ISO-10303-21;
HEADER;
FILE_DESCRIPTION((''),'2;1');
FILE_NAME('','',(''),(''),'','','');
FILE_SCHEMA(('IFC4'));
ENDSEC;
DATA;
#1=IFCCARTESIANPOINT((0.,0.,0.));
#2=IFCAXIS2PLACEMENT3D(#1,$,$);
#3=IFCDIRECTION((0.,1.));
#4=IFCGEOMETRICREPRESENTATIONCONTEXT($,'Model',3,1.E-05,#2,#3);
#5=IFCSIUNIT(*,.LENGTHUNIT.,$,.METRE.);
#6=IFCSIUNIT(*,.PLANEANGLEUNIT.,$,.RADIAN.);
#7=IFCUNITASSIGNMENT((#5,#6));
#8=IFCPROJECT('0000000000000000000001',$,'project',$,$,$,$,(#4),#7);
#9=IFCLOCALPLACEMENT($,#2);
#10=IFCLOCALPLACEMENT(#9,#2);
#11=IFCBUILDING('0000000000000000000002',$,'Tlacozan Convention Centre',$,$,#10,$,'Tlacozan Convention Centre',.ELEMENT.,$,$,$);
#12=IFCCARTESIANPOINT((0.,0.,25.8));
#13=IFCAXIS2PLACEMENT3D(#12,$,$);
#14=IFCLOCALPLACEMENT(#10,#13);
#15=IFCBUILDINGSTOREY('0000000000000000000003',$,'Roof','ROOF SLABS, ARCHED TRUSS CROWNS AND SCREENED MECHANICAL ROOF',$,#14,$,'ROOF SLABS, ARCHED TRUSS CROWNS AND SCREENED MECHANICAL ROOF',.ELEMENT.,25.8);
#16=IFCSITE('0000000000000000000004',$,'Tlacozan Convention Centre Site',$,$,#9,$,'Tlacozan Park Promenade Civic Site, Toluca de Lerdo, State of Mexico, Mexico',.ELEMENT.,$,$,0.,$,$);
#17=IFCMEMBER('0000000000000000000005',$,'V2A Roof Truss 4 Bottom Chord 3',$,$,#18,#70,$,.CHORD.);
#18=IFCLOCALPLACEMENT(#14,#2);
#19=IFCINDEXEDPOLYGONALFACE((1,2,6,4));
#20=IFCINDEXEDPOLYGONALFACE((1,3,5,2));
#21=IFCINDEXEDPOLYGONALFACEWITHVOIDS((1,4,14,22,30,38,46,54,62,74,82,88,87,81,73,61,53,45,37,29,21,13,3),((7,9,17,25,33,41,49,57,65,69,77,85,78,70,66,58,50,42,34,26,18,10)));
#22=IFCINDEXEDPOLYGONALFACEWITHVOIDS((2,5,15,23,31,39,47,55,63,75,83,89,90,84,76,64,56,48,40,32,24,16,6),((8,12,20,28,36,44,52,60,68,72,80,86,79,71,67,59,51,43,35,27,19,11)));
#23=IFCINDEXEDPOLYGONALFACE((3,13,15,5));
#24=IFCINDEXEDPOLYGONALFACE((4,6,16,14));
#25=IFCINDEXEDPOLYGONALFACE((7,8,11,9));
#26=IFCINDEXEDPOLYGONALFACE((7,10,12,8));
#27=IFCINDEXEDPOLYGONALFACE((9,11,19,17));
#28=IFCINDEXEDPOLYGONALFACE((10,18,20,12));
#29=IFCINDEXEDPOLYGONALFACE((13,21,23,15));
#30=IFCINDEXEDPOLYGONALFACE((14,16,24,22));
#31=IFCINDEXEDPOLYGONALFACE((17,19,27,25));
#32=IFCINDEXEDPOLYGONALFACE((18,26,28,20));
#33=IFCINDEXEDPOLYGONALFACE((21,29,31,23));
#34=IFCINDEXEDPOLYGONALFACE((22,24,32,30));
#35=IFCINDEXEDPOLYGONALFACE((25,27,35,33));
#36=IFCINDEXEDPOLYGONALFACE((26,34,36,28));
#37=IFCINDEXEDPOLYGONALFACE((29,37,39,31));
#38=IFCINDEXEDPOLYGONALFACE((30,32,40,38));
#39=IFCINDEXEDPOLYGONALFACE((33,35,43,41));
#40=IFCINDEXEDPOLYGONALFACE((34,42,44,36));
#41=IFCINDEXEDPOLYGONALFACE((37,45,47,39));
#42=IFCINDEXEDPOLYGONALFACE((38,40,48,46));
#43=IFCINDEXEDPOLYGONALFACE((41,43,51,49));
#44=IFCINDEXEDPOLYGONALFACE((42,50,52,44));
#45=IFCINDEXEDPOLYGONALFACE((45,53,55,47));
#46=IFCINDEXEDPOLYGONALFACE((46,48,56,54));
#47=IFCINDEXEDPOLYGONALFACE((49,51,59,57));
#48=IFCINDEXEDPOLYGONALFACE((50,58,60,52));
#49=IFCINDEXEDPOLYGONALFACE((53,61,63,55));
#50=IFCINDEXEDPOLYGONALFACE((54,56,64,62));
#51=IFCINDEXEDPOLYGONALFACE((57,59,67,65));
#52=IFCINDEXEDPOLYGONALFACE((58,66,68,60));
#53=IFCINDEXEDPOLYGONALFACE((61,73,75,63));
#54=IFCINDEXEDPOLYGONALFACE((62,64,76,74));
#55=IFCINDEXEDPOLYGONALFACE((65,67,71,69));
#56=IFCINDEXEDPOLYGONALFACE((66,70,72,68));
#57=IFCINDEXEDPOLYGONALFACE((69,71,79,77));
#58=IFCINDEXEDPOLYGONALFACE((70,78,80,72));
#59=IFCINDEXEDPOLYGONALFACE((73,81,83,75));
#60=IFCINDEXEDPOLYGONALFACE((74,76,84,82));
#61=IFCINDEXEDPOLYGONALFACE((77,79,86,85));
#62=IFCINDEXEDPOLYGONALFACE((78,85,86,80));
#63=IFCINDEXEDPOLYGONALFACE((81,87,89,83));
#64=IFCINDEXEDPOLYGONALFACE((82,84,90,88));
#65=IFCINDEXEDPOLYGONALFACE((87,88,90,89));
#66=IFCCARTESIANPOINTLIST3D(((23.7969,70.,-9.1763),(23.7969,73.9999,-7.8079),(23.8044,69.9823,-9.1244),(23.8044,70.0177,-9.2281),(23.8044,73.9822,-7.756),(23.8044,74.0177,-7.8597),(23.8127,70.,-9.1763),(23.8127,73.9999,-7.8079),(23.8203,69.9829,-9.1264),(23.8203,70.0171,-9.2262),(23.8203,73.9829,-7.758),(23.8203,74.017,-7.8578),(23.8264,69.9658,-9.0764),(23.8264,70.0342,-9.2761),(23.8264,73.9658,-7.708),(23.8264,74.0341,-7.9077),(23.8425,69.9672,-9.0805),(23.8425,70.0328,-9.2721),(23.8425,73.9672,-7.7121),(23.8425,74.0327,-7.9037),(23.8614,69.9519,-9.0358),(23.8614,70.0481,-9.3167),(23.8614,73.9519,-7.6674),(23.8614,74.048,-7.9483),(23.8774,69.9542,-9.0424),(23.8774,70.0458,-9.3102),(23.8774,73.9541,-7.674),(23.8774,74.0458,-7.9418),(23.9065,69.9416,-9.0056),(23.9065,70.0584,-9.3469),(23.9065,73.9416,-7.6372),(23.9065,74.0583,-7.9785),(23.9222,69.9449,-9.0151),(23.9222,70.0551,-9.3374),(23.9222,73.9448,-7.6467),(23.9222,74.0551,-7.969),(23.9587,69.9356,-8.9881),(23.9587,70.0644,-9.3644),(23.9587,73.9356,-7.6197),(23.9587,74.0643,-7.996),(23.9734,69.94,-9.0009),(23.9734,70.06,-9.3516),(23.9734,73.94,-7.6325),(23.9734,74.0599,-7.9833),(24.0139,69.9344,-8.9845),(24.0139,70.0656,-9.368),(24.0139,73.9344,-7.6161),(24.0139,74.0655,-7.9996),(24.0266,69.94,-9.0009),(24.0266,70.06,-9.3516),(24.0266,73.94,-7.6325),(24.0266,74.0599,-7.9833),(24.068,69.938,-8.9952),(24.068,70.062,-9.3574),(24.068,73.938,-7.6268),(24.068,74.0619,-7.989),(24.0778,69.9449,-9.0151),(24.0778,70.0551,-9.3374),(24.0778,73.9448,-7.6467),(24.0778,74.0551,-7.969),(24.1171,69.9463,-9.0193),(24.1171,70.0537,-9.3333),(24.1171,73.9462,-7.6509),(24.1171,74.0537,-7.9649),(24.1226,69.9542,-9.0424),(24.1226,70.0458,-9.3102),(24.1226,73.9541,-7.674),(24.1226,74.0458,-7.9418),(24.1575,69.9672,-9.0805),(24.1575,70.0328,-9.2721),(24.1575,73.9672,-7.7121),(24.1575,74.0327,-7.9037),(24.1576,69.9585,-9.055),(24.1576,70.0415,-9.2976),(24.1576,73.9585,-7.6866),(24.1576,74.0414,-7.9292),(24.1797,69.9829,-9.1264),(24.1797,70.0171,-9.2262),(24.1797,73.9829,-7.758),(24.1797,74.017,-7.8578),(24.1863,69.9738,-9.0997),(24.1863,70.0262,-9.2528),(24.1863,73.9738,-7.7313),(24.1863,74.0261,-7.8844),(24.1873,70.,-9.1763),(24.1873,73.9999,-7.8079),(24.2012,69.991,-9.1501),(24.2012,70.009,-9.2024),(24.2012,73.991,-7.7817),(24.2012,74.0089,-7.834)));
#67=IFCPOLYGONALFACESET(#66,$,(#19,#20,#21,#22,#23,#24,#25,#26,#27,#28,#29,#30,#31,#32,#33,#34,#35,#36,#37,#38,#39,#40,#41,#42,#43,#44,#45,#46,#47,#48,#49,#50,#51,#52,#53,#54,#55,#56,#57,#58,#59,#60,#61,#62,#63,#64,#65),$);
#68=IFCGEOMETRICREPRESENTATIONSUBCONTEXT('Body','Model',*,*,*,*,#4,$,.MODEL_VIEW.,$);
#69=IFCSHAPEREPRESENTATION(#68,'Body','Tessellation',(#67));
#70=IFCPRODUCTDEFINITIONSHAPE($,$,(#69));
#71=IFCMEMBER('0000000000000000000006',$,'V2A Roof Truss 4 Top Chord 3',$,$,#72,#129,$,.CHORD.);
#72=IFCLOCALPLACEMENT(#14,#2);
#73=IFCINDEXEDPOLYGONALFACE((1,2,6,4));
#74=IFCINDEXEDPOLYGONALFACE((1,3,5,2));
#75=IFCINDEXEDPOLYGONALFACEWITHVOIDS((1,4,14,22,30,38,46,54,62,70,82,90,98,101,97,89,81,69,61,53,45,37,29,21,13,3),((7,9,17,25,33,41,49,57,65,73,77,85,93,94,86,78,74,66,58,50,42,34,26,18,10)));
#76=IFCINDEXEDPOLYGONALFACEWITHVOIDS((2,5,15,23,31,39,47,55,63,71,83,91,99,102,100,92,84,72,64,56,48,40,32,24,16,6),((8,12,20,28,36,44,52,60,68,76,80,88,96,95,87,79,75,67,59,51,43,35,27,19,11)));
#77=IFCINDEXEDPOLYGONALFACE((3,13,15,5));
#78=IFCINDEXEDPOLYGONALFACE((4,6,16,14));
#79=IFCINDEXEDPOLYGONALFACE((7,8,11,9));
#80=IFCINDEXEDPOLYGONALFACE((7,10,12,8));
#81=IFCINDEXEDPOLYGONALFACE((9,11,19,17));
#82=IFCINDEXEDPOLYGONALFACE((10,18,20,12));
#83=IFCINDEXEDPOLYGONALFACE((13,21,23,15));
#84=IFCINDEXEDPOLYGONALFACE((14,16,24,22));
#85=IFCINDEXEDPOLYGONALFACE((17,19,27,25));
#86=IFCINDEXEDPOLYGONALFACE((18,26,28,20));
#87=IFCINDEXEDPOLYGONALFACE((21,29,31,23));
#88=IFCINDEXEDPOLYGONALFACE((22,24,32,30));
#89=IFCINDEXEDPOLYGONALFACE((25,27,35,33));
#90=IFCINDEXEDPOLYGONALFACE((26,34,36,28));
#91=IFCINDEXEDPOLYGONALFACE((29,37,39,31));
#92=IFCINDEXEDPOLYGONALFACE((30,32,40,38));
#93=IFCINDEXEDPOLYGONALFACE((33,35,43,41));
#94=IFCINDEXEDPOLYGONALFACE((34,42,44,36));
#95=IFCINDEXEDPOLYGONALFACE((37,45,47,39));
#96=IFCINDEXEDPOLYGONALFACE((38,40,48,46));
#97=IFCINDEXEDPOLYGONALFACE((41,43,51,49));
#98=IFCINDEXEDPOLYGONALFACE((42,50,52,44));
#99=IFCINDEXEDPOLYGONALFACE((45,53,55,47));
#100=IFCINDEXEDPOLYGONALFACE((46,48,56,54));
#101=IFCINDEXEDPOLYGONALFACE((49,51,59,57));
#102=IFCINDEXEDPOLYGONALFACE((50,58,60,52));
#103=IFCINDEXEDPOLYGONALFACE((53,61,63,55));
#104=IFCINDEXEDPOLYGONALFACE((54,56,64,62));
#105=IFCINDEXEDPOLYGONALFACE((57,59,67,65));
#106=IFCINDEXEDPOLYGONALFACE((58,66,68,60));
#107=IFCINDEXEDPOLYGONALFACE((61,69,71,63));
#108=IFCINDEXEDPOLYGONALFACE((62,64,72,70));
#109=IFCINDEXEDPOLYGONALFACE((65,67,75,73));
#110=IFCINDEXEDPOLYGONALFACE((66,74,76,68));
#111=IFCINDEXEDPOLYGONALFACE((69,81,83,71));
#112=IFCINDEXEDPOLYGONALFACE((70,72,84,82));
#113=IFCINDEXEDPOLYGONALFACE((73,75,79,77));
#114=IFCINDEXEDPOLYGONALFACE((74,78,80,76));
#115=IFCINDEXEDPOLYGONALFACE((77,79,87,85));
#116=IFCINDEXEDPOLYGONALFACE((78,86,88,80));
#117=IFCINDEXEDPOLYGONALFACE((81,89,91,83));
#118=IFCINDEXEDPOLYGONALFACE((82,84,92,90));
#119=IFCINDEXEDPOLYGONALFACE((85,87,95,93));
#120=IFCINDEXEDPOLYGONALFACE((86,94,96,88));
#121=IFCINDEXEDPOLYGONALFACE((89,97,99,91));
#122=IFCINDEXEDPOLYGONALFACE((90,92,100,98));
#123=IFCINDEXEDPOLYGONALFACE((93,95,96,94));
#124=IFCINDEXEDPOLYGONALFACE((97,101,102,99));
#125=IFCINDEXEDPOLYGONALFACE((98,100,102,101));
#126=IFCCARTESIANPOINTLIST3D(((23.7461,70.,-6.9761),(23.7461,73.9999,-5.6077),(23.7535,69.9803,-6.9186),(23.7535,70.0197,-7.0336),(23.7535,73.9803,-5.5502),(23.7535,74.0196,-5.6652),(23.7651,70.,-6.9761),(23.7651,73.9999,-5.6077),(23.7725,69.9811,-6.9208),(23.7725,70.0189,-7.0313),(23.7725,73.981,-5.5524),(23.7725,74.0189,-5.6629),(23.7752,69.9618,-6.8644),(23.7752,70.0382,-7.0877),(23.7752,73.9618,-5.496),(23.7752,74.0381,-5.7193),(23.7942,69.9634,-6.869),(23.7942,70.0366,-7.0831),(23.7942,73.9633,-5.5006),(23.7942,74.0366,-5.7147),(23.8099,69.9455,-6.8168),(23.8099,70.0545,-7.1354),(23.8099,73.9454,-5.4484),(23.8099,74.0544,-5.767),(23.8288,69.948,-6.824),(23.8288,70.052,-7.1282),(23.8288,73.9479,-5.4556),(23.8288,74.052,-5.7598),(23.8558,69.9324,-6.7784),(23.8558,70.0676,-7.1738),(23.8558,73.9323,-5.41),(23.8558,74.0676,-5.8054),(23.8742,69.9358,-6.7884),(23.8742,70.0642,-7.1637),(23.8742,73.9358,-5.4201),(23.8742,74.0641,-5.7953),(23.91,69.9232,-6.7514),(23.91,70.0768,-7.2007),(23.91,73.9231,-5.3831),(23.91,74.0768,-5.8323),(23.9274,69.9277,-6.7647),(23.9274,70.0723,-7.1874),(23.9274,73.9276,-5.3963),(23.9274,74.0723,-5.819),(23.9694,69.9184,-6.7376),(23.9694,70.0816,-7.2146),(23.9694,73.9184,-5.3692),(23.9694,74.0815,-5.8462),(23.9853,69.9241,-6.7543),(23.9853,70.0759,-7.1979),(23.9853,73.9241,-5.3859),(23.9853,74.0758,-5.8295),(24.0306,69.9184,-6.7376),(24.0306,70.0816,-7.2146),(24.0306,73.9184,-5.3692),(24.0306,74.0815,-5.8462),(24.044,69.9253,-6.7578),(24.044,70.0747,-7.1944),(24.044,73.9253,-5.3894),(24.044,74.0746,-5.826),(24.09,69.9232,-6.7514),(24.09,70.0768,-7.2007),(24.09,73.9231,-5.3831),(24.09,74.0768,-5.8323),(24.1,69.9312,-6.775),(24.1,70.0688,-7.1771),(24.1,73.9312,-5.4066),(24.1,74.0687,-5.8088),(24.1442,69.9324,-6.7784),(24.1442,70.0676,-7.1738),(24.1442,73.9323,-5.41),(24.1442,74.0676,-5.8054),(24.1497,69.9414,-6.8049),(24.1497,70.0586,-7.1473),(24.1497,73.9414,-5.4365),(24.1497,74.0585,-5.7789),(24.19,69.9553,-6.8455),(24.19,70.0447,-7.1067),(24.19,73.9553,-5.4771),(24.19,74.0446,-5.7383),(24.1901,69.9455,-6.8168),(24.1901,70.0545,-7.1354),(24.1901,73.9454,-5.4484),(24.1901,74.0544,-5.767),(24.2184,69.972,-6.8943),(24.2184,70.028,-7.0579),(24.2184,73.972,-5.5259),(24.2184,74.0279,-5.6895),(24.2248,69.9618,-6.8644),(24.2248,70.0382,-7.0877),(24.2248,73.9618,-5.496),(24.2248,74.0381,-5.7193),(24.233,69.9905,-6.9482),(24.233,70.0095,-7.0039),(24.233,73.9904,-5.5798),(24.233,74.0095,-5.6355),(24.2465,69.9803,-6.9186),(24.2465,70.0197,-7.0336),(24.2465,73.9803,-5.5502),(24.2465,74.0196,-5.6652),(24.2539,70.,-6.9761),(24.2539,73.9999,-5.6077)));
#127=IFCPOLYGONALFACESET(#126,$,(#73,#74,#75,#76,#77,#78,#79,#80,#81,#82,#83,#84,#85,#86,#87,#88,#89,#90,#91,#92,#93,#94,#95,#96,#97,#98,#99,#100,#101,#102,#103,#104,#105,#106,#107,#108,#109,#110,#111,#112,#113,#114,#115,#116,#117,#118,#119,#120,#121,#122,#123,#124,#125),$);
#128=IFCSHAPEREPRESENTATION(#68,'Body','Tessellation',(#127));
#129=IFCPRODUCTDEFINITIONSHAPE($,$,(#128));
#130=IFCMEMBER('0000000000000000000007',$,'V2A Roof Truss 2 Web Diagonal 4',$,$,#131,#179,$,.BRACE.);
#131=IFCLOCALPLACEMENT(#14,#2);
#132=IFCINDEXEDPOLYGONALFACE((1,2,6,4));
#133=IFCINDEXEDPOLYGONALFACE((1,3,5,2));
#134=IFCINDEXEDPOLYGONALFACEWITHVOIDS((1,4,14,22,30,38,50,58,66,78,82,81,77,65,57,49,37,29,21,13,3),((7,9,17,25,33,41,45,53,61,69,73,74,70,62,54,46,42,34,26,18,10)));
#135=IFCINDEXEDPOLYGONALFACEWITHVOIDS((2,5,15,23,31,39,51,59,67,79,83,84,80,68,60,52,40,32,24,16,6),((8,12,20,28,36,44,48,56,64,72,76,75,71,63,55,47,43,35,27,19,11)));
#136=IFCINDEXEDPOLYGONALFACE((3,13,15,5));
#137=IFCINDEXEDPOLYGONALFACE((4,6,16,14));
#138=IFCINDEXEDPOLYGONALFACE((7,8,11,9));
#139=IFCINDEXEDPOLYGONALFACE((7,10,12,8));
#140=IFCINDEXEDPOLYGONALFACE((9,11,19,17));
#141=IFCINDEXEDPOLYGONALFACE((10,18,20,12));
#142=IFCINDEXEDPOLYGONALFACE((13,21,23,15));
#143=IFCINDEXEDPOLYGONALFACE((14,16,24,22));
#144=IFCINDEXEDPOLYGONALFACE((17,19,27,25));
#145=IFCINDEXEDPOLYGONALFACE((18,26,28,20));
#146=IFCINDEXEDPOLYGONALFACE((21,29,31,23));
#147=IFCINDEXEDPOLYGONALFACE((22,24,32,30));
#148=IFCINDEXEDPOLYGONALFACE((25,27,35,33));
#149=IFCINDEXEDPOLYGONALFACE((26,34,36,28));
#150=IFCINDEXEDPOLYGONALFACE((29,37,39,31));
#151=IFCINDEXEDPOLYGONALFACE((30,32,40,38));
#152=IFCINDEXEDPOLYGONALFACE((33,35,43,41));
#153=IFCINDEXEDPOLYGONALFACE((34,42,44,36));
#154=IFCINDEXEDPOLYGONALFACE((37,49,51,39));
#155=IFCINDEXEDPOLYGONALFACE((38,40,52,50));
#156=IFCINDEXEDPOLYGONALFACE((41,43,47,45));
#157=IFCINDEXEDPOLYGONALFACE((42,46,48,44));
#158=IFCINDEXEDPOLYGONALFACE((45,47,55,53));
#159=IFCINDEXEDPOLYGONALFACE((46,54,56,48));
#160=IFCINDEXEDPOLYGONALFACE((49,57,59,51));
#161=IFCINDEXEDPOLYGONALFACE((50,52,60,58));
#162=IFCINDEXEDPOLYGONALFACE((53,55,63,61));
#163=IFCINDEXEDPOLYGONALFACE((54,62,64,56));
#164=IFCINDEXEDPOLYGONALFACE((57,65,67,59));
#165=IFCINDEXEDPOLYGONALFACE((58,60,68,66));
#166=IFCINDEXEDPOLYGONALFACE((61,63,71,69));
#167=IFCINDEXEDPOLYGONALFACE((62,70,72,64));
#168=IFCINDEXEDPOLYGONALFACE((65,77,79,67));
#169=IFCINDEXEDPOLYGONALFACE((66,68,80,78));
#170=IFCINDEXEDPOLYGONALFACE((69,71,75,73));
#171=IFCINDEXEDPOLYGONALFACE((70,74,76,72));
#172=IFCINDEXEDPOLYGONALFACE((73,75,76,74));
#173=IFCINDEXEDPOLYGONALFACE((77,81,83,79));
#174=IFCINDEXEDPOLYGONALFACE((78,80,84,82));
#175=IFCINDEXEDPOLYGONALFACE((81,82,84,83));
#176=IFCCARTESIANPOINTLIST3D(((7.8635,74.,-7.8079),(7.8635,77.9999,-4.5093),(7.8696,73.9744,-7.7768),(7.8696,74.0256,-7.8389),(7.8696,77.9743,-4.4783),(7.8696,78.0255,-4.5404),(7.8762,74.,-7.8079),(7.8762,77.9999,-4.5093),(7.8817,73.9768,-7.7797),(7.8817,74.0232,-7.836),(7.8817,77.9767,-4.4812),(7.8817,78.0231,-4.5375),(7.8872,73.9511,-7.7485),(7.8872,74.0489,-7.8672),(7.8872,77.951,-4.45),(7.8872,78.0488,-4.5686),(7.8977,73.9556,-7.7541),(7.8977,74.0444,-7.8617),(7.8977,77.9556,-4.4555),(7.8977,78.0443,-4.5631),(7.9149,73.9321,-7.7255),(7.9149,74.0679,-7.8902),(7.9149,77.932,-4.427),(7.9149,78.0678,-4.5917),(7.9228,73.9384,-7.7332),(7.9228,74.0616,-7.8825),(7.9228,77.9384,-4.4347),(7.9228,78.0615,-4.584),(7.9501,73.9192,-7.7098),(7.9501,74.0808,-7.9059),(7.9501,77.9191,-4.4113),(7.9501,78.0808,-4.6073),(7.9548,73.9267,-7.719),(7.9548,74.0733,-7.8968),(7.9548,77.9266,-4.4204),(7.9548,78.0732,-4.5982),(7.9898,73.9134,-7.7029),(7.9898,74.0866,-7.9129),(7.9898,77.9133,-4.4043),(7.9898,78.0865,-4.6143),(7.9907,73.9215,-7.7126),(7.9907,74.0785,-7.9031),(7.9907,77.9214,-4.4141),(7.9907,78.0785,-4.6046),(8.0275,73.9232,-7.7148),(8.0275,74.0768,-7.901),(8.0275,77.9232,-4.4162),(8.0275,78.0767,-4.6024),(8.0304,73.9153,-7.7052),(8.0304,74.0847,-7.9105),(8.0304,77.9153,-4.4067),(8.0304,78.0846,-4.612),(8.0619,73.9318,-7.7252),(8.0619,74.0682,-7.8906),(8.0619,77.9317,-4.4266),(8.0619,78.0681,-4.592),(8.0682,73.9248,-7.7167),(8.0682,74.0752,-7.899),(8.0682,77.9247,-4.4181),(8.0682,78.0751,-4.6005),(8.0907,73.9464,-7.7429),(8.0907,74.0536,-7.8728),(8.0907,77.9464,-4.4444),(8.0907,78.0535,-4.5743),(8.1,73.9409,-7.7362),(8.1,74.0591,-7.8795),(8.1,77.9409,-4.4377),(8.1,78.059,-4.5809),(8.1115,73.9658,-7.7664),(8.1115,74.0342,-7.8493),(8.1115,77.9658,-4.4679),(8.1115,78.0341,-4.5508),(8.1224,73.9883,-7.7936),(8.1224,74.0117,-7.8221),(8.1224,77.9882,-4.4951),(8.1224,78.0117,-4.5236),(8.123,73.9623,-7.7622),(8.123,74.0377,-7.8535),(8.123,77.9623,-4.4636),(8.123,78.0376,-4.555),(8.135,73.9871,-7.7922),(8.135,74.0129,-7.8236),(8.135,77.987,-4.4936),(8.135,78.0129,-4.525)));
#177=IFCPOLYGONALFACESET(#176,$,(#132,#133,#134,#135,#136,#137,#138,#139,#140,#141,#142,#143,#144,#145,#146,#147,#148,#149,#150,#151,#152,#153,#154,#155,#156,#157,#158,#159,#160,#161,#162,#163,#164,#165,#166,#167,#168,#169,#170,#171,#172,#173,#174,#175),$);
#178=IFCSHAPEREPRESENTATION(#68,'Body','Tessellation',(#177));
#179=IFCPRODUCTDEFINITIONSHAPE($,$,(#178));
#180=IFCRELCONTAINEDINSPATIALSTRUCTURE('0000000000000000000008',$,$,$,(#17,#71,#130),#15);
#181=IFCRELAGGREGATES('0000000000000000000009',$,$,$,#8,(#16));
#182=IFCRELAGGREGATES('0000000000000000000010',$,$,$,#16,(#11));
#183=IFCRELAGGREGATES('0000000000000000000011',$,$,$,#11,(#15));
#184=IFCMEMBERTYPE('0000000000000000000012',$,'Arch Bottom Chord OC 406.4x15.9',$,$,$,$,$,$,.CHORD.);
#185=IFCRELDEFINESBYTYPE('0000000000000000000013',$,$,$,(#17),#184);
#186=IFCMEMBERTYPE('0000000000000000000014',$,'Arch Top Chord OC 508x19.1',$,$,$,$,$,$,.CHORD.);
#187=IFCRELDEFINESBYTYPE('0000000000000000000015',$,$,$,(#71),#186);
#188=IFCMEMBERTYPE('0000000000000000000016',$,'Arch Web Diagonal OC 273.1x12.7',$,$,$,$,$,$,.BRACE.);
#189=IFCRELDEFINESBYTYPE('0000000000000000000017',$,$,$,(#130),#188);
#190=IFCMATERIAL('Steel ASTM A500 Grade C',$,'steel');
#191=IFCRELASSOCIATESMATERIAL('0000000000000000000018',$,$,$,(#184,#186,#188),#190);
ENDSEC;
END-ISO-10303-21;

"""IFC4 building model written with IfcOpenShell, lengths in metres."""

from ifc_helpers import new_model, si_unit, direction, frame, origin, origin_2d, place, context, subcontext, project, spatial, hollow_circle, extrude, material, material_profile, profile_set, type_object, element, save


model = new_model("IFC4")

# Units and contexts
model_context = context("Model", 3, precision=1e-05, world=origin(), true_north=direction((0.0, 1.0)))
body_context = subcontext(model_context, "Body", "Model", "MODEL_VIEW")
ifc_project = project(units=[si_unit("LENGTHUNIT", "METRE"), si_unit("PLANEANGLEUNIT", "RADIAN")], contexts=[model_context])

# Site, building, storey
site_placement = place(None, origin())
site = spatial("IfcSite", under=ifc_project, at=site_placement, Name="Tlacozan Convention Centre Site", LongName="Tlacozan Park Promenade Civic Site, Toluca de Lerdo, State of Mexico, Mexico", CompositionType="ELEMENT", RefElevation=0.0)
building_placement = place(site_placement, origin())
building = spatial("IfcBuilding", under=site, at=building_placement, Name="Tlacozan Convention Centre", LongName="Tlacozan Convention Centre", CompositionType="ELEMENT")
storey_placement = place(building_placement, frame((0.0, 0.0, 25.8)))
storey = spatial("IfcBuildingStorey", under=building, at=storey_placement, Name="Roof", Description="ROOF SLABS, ARCHED TRUSS CROWNS AND SCREENED MECHANICAL ROOF", LongName="ROOF SLABS, ARCHED TRUSS CROWNS AND SCREENED MECHANICAL ROOF", CompositionType="ELEMENT", Elevation=25.8)

# Members
ifc_material_1 = material(Name="Steel ASTM A500 Grade C", Category="steel")
ifc_material_profile_1 = material_profile(ifc_material_1, hollow_circle(Radius=0.2031, WallThickness=0.0159, at=origin_2d()), Name="OC 406.4x15.9")
ifc_profile_set_1 = profile_set([ifc_material_profile_1], Name="Steel ASTM A500 Grade C")
member_type_1 = type_object("IfcMemberType", Name="Arch Bottom Chord OC 406.4x15.9", PredefinedType="CHORD", material=ifc_profile_set_1)
member_1_placement = place(storey_placement, frame((24.0, 70.0, -9.1763), z_axis=(0.0, 0.946165, 0.323685), x_axis=(-1.0, 0.0, 0.0)))
element("IfcMember", 1, at=member_1_placement, inside=storey, type_object=member_type_1, Name="V2A Roof Truss 4 Bottom Chord 3", PredefinedType="CHORD", context=body_context, shape_type="SweptSolid", body=[
    extrude(hollow_circle(Radius=0.2031, WallThickness=0.0159, at=origin_2d()), origin(), (0.0, 0.0, 1.0), 4.2275),
])
ifc_material_profile_2 = material_profile(ifc_material_1, hollow_circle(Radius=0.2539, WallThickness=0.019, at=origin_2d()), Name="OC 508.0x19.1")
ifc_profile_set_2 = profile_set([ifc_material_profile_2], Name="Steel ASTM A500 Grade C")
member_type_2 = type_object("IfcMemberType", Name="Arch Top Chord OC 508x19.1", PredefinedType="CHORD", material=ifc_profile_set_2)
member_2_placement = place(storey_placement, frame((24.0, 70.0, -6.9761), z_axis=(0.0, 0.946165, 0.323685), x_axis=(-1.0, 0.0, 0.0)))
element("IfcMember", 2, at=member_2_placement, inside=storey, type_object=member_type_2, Name="V2A Roof Truss 4 Top Chord 3", PredefinedType="CHORD", context=body_context, shape_type="SweptSolid", body=[
    extrude(hollow_circle(Radius=0.2539, WallThickness=0.019, at=origin_2d()), origin(), (0.0, 0.0, 1.0), 4.2275),
])
ifc_material_profile_3 = material_profile(ifc_material_1, hollow_circle(Radius=0.1365, WallThickness=0.0127, at=origin_2d()), Name="OC 273.1x12.7")
ifc_profile_set_3 = profile_set([ifc_material_profile_3], Name="Steel ASTM A500 Grade C")
member_type_3 = type_object("IfcMemberType", Name="Arch Web Diagonal OC 273.1x12.7", PredefinedType="BRACE", material=ifc_profile_set_3)
member_3_placement = place(storey_placement, frame((8.0, 74.0, -7.8079), z_axis=(0.0, 0.771507, 0.63622), x_axis=(-1.0, 0.0, 0.0)))
element("IfcMember", 3, at=member_3_placement, inside=storey, type_object=member_type_3, Name="V2A Roof Truss 2 Web Diagonal 4", PredefinedType="BRACE", context=body_context, shape_type="SweptSolid", body=[
    extrude(hollow_circle(Radius=0.1365, WallThickness=0.0127, at=origin_2d()), origin(), (0.0, 0.0, 1.0), 5.1846),
])

save(model, "model.ifc")
